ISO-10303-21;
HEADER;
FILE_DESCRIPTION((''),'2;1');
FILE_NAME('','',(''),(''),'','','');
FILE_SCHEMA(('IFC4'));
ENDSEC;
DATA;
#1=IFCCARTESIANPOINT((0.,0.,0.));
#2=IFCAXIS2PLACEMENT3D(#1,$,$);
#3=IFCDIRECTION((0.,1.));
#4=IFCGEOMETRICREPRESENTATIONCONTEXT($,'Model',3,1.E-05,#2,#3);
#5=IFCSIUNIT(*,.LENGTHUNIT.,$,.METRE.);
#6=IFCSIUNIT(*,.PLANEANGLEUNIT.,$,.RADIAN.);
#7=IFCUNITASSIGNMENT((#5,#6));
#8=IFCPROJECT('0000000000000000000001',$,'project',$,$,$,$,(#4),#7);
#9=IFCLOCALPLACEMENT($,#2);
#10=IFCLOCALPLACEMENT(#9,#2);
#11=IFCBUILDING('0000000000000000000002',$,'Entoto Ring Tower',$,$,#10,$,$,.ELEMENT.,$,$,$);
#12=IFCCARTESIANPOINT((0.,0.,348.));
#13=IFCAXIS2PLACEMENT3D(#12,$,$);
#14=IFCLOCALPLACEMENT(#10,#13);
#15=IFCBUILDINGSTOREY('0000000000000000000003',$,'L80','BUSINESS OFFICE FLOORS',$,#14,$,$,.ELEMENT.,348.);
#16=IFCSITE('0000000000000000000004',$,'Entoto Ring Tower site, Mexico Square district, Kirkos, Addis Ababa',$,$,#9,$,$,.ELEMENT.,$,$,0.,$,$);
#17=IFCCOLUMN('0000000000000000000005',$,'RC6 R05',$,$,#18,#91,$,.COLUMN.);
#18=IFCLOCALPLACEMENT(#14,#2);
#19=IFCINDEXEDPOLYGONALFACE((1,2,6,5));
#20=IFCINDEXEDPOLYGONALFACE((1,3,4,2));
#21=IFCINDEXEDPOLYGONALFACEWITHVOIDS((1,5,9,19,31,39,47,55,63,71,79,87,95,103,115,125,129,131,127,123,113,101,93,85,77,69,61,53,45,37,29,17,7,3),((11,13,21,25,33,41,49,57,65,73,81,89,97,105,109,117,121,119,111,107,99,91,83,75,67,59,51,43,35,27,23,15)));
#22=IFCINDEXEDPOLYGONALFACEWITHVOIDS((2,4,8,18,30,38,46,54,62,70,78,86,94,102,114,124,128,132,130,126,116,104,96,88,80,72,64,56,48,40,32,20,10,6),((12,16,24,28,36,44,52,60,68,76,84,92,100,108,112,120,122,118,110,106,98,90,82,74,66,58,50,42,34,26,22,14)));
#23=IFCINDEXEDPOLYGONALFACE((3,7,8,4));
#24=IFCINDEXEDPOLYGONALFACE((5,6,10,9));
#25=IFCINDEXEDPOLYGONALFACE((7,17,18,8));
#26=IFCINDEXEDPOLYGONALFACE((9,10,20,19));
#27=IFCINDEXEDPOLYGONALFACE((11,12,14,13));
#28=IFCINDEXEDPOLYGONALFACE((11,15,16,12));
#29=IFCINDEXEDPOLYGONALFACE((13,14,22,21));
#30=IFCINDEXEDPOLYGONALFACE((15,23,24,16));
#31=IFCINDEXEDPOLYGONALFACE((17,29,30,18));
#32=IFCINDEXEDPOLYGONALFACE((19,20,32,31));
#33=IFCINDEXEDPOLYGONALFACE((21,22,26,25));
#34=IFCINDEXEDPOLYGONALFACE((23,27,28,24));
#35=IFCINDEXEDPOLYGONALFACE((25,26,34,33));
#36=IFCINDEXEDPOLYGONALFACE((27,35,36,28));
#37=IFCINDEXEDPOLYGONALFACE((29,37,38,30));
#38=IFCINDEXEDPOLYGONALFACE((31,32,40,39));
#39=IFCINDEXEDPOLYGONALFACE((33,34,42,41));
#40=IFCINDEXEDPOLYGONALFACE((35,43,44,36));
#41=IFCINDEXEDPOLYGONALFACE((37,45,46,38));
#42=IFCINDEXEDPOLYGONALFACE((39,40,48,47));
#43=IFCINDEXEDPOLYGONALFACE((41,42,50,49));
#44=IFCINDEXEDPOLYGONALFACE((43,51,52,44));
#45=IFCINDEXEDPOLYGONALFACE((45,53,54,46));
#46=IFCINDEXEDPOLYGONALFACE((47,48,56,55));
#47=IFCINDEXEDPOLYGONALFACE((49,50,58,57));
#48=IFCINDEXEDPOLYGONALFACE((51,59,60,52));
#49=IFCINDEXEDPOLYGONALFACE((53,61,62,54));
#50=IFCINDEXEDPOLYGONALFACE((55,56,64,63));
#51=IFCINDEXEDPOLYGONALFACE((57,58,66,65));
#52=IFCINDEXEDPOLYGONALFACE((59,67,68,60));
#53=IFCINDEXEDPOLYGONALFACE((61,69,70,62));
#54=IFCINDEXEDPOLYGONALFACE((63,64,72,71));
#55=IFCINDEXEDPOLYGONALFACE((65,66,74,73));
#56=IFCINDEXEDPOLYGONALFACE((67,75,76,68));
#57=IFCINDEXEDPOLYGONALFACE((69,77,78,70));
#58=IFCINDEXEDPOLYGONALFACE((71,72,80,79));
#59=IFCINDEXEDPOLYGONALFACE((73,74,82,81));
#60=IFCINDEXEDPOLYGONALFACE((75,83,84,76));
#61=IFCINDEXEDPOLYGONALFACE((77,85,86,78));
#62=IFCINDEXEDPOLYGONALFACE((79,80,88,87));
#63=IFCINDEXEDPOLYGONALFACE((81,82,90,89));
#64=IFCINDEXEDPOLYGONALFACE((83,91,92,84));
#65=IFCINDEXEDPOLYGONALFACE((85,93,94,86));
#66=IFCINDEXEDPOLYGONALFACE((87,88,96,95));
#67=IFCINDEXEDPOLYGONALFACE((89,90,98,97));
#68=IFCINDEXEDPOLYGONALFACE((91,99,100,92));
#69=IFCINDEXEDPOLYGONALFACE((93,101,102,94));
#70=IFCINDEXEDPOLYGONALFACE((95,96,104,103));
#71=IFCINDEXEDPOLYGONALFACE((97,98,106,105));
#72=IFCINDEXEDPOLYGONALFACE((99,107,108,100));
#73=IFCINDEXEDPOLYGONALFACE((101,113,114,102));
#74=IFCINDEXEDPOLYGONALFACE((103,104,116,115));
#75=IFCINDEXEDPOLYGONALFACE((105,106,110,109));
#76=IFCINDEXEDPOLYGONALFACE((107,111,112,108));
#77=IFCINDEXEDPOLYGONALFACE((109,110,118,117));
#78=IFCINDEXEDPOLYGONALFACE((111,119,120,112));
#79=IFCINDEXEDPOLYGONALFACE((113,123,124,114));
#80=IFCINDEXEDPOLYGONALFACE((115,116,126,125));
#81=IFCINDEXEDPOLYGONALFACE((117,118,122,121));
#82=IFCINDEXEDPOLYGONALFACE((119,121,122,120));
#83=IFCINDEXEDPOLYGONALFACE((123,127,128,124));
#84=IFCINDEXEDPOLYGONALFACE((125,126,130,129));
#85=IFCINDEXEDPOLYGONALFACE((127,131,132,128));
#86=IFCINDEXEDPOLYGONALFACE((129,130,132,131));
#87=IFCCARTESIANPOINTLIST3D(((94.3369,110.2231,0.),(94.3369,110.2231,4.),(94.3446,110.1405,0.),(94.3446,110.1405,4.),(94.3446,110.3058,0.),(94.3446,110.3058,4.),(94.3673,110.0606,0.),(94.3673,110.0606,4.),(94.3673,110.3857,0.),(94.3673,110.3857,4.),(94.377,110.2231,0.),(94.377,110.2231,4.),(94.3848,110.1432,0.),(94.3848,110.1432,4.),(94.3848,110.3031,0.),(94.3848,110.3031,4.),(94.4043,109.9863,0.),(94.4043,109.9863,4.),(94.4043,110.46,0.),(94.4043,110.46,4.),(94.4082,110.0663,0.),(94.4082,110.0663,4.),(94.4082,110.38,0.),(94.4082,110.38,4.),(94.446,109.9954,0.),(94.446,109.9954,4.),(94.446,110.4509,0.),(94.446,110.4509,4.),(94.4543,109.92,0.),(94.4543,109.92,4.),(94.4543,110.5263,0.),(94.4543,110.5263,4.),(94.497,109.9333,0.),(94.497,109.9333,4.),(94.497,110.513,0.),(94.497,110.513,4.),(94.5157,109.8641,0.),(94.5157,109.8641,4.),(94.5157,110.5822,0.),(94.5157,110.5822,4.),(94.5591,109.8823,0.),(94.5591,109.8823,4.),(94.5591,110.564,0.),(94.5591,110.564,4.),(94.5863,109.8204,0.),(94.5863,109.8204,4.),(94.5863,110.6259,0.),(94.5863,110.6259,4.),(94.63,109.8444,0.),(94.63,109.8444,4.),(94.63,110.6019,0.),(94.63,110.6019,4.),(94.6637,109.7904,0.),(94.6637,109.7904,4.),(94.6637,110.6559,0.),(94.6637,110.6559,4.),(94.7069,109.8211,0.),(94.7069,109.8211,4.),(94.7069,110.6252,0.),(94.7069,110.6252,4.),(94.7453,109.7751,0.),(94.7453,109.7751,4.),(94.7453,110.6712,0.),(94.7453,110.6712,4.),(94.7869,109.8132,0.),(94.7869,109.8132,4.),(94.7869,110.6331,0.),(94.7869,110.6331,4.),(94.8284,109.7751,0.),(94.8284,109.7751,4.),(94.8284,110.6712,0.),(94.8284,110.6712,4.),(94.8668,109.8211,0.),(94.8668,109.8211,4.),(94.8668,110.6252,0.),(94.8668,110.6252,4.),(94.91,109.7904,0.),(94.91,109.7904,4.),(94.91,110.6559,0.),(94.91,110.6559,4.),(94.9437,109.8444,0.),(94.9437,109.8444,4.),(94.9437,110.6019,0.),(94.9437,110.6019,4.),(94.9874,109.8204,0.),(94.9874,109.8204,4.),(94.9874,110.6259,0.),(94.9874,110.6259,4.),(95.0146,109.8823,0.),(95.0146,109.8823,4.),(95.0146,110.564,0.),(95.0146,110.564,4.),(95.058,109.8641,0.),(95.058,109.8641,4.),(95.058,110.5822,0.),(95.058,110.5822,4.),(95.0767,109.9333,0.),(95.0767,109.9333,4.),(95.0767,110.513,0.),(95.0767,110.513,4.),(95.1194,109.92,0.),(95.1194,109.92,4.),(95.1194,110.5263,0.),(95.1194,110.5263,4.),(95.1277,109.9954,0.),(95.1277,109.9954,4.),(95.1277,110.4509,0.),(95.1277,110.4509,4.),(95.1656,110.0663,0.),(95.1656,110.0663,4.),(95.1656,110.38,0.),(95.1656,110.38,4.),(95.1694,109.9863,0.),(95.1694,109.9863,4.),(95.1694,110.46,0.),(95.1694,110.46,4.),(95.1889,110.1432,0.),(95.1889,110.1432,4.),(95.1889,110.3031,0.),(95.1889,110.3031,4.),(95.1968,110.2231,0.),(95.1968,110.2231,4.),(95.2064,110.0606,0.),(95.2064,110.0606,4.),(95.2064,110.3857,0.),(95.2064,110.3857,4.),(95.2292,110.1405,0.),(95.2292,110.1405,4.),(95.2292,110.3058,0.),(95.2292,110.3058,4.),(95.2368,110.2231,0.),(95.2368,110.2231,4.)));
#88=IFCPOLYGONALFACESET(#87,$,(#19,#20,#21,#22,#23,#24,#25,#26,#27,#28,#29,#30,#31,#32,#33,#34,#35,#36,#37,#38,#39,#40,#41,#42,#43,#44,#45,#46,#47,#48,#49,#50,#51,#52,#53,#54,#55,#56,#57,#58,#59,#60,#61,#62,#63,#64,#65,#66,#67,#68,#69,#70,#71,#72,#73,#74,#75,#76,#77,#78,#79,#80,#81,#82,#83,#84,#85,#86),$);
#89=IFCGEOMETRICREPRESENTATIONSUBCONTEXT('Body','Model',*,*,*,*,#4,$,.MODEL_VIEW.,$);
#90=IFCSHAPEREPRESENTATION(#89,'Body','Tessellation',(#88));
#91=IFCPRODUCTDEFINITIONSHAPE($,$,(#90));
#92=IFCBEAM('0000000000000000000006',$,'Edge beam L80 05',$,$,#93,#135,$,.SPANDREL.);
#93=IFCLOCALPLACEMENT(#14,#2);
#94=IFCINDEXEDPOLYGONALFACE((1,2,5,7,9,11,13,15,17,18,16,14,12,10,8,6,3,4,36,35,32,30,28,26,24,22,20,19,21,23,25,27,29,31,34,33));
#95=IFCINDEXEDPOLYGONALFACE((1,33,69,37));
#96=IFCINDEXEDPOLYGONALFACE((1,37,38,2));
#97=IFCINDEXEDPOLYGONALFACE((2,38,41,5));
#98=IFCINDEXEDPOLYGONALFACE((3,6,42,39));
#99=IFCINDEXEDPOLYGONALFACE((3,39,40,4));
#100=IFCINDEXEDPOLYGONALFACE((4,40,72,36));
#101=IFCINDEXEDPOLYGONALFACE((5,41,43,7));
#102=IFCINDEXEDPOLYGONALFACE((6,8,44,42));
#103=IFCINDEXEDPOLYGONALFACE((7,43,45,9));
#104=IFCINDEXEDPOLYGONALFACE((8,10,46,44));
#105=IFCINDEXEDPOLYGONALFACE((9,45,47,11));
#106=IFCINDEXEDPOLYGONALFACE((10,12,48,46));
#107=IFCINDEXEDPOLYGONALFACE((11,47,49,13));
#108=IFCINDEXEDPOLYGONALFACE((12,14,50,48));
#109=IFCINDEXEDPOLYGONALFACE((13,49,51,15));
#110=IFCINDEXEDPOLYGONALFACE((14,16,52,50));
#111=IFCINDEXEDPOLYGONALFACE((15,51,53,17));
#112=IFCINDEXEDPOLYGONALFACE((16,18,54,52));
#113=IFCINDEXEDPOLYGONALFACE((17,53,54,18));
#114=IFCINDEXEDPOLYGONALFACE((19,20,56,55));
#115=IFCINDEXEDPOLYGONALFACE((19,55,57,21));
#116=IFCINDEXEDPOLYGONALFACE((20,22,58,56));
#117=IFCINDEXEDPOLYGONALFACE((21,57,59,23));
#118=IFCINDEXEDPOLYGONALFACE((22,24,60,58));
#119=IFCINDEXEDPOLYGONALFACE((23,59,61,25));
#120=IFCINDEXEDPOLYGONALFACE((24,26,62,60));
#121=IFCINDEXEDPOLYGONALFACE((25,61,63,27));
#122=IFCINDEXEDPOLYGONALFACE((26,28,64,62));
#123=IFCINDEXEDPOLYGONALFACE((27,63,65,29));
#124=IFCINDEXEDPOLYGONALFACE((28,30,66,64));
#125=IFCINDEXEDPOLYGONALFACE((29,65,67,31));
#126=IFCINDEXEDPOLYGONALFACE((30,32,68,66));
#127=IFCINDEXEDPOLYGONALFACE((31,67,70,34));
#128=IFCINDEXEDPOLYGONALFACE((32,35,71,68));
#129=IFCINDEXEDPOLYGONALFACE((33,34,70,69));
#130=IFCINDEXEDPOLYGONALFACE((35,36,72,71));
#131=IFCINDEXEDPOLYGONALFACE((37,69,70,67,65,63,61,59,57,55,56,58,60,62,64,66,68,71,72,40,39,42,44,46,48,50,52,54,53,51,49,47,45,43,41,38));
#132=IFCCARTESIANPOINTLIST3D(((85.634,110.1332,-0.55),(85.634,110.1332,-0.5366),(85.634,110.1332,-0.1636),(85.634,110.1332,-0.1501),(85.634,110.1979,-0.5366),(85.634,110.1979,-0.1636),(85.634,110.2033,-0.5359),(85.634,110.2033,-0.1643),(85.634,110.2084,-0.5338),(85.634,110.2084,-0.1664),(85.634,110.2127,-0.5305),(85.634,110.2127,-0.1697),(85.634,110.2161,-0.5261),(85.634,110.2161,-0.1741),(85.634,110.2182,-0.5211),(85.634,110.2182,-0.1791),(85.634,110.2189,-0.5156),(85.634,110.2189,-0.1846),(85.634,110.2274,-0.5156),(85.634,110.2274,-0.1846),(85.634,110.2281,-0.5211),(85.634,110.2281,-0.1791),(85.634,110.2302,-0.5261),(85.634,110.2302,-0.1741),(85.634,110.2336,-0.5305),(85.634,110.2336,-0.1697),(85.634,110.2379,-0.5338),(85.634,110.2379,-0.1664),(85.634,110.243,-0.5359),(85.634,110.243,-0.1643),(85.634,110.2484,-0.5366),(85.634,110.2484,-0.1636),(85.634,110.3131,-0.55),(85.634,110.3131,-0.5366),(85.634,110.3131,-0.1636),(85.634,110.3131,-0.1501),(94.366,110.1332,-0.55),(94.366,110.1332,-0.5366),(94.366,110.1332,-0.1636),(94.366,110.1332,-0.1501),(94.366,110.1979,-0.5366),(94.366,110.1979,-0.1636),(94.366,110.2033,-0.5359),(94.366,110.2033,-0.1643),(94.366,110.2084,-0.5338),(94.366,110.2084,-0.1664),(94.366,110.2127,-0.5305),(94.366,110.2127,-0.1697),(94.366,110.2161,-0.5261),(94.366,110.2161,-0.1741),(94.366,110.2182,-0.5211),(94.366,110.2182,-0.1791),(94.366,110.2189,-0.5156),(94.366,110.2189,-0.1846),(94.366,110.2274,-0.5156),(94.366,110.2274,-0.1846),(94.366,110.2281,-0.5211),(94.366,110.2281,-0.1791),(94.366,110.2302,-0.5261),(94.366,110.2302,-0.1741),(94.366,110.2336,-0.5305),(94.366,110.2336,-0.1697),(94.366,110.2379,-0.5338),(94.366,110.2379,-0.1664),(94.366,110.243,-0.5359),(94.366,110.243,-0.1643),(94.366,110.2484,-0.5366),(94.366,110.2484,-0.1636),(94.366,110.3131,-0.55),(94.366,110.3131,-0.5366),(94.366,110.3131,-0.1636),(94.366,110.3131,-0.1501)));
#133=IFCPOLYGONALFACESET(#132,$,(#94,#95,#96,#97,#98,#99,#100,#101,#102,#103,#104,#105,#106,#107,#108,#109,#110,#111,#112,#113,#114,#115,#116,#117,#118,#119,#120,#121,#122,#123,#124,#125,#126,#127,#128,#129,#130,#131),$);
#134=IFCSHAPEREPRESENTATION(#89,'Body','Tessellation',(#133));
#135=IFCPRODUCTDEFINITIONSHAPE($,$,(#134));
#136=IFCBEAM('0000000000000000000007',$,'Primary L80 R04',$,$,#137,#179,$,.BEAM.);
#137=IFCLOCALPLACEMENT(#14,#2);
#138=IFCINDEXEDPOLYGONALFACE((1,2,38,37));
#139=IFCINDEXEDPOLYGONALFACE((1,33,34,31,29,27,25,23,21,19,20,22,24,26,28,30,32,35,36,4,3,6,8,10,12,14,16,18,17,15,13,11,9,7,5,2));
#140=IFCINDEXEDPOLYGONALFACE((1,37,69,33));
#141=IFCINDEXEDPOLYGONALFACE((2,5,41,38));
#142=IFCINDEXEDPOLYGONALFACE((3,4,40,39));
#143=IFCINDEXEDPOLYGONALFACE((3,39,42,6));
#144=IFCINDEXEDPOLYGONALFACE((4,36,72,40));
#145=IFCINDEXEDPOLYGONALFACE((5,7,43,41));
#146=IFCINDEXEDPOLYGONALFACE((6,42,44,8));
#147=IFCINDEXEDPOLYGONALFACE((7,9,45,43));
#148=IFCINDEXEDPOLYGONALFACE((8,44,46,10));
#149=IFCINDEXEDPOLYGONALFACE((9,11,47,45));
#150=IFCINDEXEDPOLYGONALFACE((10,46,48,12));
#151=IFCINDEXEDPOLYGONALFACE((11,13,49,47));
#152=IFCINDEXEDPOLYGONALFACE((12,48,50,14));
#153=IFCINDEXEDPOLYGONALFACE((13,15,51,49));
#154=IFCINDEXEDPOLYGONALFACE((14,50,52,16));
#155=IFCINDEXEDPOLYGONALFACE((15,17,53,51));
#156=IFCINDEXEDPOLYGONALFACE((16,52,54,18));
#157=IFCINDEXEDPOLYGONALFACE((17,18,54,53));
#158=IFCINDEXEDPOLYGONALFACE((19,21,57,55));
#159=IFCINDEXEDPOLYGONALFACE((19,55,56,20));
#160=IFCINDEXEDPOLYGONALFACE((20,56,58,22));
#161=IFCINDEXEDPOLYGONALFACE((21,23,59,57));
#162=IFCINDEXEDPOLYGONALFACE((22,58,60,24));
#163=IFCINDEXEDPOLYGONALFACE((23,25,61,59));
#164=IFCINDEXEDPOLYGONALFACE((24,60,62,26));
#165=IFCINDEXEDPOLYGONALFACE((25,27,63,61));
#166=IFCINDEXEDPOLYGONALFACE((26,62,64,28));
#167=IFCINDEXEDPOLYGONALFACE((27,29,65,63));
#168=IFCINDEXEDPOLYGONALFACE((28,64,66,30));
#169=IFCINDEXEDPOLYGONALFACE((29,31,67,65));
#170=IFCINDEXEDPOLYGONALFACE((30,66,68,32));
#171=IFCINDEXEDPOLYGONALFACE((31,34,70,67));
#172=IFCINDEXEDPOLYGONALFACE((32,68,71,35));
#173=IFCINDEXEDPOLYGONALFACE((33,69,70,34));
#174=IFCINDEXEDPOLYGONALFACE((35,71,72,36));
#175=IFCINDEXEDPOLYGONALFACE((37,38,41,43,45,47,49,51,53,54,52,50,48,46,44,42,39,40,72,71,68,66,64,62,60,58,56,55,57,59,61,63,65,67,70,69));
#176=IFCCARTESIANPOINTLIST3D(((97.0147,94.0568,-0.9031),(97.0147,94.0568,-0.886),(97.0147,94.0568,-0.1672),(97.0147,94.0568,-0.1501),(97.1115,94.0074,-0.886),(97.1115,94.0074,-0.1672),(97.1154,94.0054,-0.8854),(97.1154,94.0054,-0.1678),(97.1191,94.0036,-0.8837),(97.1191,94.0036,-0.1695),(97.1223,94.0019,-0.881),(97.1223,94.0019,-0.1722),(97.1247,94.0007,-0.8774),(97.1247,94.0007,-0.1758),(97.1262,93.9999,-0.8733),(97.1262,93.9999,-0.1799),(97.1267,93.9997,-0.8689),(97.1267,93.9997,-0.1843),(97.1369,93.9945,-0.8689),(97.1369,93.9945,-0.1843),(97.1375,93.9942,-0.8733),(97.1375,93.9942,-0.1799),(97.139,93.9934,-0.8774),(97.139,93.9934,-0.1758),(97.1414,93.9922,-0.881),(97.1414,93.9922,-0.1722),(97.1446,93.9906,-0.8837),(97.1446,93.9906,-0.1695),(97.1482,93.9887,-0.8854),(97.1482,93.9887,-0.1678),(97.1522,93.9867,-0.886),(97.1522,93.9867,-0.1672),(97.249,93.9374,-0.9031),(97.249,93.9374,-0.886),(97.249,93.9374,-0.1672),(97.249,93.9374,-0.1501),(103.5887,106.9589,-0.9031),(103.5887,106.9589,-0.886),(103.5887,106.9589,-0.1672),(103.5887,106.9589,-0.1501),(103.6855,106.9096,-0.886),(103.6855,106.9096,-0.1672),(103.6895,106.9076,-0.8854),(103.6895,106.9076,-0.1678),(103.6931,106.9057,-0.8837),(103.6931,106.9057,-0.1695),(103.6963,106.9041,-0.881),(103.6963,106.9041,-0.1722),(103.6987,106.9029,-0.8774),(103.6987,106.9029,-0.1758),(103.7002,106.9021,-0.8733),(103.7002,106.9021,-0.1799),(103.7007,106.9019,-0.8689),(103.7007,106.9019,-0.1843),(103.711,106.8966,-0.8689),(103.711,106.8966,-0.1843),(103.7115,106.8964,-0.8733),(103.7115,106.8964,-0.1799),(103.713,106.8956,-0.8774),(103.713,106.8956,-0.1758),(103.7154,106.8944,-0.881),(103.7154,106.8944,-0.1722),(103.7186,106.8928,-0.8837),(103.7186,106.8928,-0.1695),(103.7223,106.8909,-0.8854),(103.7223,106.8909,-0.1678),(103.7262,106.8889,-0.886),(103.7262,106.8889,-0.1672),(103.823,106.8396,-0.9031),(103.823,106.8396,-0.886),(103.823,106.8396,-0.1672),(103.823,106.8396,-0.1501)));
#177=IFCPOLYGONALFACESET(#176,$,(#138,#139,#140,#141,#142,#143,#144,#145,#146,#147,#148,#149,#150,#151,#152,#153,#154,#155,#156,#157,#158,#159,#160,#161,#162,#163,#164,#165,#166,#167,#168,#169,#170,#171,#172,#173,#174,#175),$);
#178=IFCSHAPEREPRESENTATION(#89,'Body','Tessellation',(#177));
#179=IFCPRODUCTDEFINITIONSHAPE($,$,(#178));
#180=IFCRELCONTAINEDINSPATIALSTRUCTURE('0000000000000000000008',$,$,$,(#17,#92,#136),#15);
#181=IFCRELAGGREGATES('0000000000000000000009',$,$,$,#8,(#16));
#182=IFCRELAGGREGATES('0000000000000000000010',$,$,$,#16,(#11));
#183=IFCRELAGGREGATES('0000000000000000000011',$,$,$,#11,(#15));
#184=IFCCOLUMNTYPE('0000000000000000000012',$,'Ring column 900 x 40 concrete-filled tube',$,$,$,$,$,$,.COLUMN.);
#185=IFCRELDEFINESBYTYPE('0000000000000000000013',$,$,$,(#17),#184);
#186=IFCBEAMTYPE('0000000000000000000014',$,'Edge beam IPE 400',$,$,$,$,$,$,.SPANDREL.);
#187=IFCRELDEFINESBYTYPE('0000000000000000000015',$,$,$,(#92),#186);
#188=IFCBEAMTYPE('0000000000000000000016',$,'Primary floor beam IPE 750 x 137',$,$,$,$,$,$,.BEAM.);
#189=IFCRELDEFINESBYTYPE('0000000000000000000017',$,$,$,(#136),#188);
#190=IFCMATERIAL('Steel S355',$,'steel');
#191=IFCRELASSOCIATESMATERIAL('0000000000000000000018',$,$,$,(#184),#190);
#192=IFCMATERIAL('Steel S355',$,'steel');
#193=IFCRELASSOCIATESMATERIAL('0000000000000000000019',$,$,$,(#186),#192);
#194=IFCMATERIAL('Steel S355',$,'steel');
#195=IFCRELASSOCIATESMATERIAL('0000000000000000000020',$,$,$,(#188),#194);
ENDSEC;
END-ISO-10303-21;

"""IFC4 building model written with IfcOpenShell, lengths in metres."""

from ifc_helpers import new_model, si_unit, direction, frame, origin, origin_2d, place, context, subcontext, project, spatial, circle, hollow_circle, i_section, extrude, material, material_profile, profile_set, type_object, element, save


model = new_model("IFC4")

# Units and contexts
model_context = context("Model", 3, precision=1e-05, world=origin(), true_north=direction((0.0, 1.0)))
body_context = subcontext(model_context, "Body", "Model", "MODEL_VIEW")
ifc_project = project(units=[si_unit("LENGTHUNIT", "METRE"), si_unit("PLANEANGLEUNIT", "RADIAN")], contexts=[model_context])

# Site, building, storey
site_placement = place(None, origin())
site = spatial("IfcSite", under=ifc_project, at=site_placement, Name="Entoto Ring Tower site, Mexico Square district, Kirkos, Addis Ababa", CompositionType="ELEMENT", RefElevation=0.0)
building_placement = place(site_placement, origin())
building = spatial("IfcBuilding", under=site, at=building_placement, Name="Entoto Ring Tower", CompositionType="ELEMENT")
storey_placement = place(building_placement, frame((0.0, 0.0, 348.0)))
storey = spatial("IfcBuildingStorey", under=building, at=storey_placement, Name="L80", Description="BUSINESS OFFICE FLOORS", CompositionType="ELEMENT", Elevation=348.0)

# Column
ifc_material_1 = material(Name="Steel S355", Category="steel")
ifc_material_profile_1 = material_profile(ifc_material_1, hollow_circle(Radius=0.45, WallThickness=0.04, at=origin_2d()), Name="CHS 900 x 40")
ifc_material_2 = material(Name="Concrete C60/75", Category="concrete")
ifc_material_profile_2 = material_profile(ifc_material_2, circle(Radius=0.4099, at=origin_2d()), Name="Concrete C60/75 infill")
ifc_profile_set_1 = profile_set([ifc_material_profile_1, ifc_material_profile_2], Name="Steel S355")
column_type = type_object("IfcColumnType", Name="Ring column 900 x 40 concrete-filled tube", PredefinedType="COLUMN", material=ifc_profile_set_1)
column_placement = place(storey_placement, frame((94.7869, 110.2231, 0.0), z_axis=(0.0, 0.0, 1.0), x_axis=(1.0, 0.0, 0.0)))
element("IfcColumn", 1, at=column_placement, inside=storey, type_object=column_type, Name="RC6 R05", PredefinedType="COLUMN", context=body_context, shape_type="SweptSolid", body=[
    extrude(hollow_circle(Radius=0.45, WallThickness=0.04, at=origin_2d()), origin(), (0.0, 0.0, 1.0), 4.0),
])

# Beams
ifc_material_3 = material(Name="Steel S355", Category="steel")
ifc_material_profile_3 = material_profile(ifc_material_3, i_section(OverallWidth=0.1799, OverallDepth=0.3999, WebThickness=0.0085, FlangeThickness=0.0134, FilletRadius=0.021, at=origin_2d()), Name="IPE 400")
ifc_profile_set_2 = profile_set([ifc_material_profile_3], Name="Steel S355")
beam_type_1 = type_object("IfcBeamType", Name="Edge beam IPE 400", PredefinedType="SPANDREL", material=ifc_profile_set_2)
beam_1_placement = place(storey_placement, frame((94.366, 110.2231, -0.3501), z_axis=(-1.0, 0.0, 0.0), x_axis=(0.0, -1.0, 0.0)))
element("IfcBeam", 2, at=beam_1_placement, inside=storey, type_object=beam_type_1, Name="Edge beam L80 05", PredefinedType="SPANDREL", context=body_context, shape_type="SweptSolid", body=[
    extrude(i_section(OverallWidth=0.1799, OverallDepth=0.3999, WebThickness=0.0085, FlangeThickness=0.0134, FilletRadius=0.021, at=origin_2d()), origin(), (0.0, 0.0, 1.0), 8.7319),
])
ifc_material_4 = material(Name="Steel S355", Category="steel")
ifc_material_profile_4 = material_profile(ifc_material_4, i_section(OverallWidth=0.2629, OverallDepth=0.7529, WebThickness=0.0115, FlangeThickness=0.0171, FilletRadius=0.0171, at=origin_2d()), Name="IPE 750 x 137")
ifc_profile_set_3 = profile_set([ifc_material_profile_4], Name="Steel S355")
beam_type_2 = type_object("IfcBeamType", Name="Primary floor beam IPE 750 x 137", PredefinedType="BEAM", material=ifc_profile_set_3)
beam_2_placement = place(storey_placement, frame((97.1318, 93.9971, -0.5266), z_axis=(0.453992, 0.891006, 0.0), x_axis=(-0.891006, 0.453992, 0.0)))
element("IfcBeam", 3, at=beam_2_placement, inside=storey, type_object=beam_type_2, Name="Primary L80 R04", PredefinedType="BEAM", context=body_context, shape_type="SweptSolid", body=[
    extrude(i_section(OverallWidth=0.2629, OverallDepth=0.7529, WebThickness=0.0115, FlangeThickness=0.0171, FilletRadius=0.0171, at=origin_2d()), origin(), (0.0, 0.0, 1.0), 14.4805),
])

save(model, "model.ifc")
